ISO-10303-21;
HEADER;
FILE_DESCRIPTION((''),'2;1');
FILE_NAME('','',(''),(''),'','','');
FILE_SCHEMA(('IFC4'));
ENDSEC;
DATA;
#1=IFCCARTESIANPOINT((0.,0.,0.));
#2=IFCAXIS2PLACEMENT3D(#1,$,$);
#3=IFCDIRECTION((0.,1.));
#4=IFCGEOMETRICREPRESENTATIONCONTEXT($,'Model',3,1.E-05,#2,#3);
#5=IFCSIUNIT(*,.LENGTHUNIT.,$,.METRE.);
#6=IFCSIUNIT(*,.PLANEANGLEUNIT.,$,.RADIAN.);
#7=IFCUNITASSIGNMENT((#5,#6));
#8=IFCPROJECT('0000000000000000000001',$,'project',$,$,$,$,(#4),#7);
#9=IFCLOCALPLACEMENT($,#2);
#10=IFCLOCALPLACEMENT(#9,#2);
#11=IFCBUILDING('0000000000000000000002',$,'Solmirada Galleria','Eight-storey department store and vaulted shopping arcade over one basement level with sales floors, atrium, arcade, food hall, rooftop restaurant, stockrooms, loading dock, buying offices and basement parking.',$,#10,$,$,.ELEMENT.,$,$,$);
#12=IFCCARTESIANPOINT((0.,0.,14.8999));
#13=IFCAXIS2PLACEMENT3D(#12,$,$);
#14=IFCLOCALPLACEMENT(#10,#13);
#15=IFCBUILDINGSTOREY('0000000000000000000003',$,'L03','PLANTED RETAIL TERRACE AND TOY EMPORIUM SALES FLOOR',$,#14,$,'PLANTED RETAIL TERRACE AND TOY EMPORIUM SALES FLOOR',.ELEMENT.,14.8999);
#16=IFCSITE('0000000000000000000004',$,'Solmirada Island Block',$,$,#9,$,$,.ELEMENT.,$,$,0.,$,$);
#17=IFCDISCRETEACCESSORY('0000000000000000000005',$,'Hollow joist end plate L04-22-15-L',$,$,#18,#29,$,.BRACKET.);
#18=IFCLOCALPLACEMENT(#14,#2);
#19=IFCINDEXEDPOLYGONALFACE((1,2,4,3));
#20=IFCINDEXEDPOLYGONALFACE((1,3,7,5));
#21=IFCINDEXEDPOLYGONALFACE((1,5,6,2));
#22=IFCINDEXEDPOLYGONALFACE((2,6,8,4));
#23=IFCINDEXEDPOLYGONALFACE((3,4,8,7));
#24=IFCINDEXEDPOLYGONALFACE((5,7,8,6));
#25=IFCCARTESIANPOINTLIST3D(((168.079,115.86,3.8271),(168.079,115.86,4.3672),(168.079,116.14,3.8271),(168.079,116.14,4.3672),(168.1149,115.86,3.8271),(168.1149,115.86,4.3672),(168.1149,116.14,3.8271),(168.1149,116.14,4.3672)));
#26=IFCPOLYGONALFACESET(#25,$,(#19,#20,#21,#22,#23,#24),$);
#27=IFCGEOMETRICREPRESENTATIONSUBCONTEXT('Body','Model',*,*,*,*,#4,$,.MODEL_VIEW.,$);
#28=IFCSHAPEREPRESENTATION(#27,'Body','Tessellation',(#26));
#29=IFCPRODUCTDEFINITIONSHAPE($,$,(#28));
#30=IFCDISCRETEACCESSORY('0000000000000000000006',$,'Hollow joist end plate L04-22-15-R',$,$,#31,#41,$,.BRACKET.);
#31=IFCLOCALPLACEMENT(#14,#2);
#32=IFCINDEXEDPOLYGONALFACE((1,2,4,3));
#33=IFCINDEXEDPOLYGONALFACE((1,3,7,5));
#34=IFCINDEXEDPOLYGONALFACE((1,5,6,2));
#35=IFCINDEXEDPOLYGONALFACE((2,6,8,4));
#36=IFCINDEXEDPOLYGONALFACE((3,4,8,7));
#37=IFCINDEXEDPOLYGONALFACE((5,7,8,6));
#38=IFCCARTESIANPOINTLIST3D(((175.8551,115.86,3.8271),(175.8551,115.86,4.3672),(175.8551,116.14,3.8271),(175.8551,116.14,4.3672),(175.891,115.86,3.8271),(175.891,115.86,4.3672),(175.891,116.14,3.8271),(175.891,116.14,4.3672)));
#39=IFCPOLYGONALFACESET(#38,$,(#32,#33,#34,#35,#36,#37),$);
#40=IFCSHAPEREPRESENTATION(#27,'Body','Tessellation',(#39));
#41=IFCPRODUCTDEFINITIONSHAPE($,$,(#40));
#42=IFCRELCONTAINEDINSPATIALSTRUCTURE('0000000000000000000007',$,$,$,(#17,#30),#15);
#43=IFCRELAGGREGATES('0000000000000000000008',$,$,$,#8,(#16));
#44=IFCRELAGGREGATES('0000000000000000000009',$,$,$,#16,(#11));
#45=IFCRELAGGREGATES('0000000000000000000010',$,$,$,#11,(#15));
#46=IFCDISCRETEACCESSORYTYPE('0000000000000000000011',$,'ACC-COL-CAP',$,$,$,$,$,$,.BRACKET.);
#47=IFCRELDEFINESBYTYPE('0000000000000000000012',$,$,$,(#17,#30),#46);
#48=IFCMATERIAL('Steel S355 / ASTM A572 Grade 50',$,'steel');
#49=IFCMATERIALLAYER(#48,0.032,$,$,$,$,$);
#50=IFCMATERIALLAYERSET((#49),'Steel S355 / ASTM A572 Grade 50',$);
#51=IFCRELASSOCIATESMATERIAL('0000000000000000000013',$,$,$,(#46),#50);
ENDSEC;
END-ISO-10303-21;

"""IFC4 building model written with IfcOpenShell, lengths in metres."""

from ifc_helpers import new_model, si_unit, direction, frame, origin, origin_2d, place, context, subcontext, project, spatial, rectangle, extrude, material, layer, layer_set, type_object, element, save


model = new_model("IFC4")

# Units and contexts
model_context = context("Model", 3, precision=1e-05, world=origin(), true_north=direction((0.0, 1.0)))
body_context = subcontext(model_context, "Body", "Model", "MODEL_VIEW")
ifc_project = project(units=[si_unit("LENGTHUNIT", "METRE"), si_unit("PLANEANGLEUNIT", "RADIAN")], contexts=[model_context])

# Site, building, storey
site_placement = place(None, origin())
site = spatial("IfcSite", under=ifc_project, at=site_placement, Name="Solmirada Island Block", CompositionType="ELEMENT", RefElevation=0.0)
building_placement = place(site_placement, origin())
building = spatial("IfcBuilding", under=site, at=building_placement, Name="Solmirada Galleria", Description="Eight-storey department store and vaulted shopping arcade over one basement level with sales floors, atrium, arcade, food hall, rooftop restaurant, stockrooms, loading dock, buying offices and basement parking.", CompositionType="ELEMENT")
storey_placement = place(building_placement, frame((0.0, 0.0, 14.8999)))
storey = spatial("IfcBuildingStorey", under=building, at=storey_placement, Name="L03", Description="PLANTED RETAIL TERRACE AND TOY EMPORIUM SALES FLOOR", LongName="PLANTED RETAIL TERRACE AND TOY EMPORIUM SALES FLOOR", CompositionType="ELEMENT", Elevation=14.8999)

# Discrete accessories
ifc_material_1 = material(Name="Steel S355 / ASTM A572 Grade 50", Category="steel")
ifc_layer_1 = layer(ifc_material_1, 0.032)
ifc_layer_set_1 = layer_set([ifc_layer_1], Name="Steel S355 / ASTM A572 Grade 50")
discrete_accessory_type = type_object("IfcDiscreteAccessoryType", Name="ACC-COL-CAP", PredefinedType="BRACKET", material=ifc_layer_set_1)
for number, where, z_axis, x_axis, name in (
    (1, (168.0969, 116.0, 3.8271), (0.0, 0.0, 1.0), (1.0, 0.0, 0.0), "Hollow joist end plate L04-22-15-L"),
    (2, (175.873, 116.0, 3.8271), (0.0, 0.0, 1.0), (1.0, 0.0, 0.0), "Hollow joist end plate L04-22-15-R"),
):
    element("IfcDiscreteAccessory", number, at=place(storey_placement, frame(where, z_axis=z_axis, x_axis=x_axis)), inside=storey, type_object=discrete_accessory_type, Name=name, PredefinedType="BRACKET", context=body_context, shape_type="SweptSolid", body=[
        extrude(rectangle(XDim=0.0359, YDim=0.28, at=origin_2d()), origin(), (0.0, 0.0, 1.0), 0.54),
    ])

save(model, "model.ifc")
